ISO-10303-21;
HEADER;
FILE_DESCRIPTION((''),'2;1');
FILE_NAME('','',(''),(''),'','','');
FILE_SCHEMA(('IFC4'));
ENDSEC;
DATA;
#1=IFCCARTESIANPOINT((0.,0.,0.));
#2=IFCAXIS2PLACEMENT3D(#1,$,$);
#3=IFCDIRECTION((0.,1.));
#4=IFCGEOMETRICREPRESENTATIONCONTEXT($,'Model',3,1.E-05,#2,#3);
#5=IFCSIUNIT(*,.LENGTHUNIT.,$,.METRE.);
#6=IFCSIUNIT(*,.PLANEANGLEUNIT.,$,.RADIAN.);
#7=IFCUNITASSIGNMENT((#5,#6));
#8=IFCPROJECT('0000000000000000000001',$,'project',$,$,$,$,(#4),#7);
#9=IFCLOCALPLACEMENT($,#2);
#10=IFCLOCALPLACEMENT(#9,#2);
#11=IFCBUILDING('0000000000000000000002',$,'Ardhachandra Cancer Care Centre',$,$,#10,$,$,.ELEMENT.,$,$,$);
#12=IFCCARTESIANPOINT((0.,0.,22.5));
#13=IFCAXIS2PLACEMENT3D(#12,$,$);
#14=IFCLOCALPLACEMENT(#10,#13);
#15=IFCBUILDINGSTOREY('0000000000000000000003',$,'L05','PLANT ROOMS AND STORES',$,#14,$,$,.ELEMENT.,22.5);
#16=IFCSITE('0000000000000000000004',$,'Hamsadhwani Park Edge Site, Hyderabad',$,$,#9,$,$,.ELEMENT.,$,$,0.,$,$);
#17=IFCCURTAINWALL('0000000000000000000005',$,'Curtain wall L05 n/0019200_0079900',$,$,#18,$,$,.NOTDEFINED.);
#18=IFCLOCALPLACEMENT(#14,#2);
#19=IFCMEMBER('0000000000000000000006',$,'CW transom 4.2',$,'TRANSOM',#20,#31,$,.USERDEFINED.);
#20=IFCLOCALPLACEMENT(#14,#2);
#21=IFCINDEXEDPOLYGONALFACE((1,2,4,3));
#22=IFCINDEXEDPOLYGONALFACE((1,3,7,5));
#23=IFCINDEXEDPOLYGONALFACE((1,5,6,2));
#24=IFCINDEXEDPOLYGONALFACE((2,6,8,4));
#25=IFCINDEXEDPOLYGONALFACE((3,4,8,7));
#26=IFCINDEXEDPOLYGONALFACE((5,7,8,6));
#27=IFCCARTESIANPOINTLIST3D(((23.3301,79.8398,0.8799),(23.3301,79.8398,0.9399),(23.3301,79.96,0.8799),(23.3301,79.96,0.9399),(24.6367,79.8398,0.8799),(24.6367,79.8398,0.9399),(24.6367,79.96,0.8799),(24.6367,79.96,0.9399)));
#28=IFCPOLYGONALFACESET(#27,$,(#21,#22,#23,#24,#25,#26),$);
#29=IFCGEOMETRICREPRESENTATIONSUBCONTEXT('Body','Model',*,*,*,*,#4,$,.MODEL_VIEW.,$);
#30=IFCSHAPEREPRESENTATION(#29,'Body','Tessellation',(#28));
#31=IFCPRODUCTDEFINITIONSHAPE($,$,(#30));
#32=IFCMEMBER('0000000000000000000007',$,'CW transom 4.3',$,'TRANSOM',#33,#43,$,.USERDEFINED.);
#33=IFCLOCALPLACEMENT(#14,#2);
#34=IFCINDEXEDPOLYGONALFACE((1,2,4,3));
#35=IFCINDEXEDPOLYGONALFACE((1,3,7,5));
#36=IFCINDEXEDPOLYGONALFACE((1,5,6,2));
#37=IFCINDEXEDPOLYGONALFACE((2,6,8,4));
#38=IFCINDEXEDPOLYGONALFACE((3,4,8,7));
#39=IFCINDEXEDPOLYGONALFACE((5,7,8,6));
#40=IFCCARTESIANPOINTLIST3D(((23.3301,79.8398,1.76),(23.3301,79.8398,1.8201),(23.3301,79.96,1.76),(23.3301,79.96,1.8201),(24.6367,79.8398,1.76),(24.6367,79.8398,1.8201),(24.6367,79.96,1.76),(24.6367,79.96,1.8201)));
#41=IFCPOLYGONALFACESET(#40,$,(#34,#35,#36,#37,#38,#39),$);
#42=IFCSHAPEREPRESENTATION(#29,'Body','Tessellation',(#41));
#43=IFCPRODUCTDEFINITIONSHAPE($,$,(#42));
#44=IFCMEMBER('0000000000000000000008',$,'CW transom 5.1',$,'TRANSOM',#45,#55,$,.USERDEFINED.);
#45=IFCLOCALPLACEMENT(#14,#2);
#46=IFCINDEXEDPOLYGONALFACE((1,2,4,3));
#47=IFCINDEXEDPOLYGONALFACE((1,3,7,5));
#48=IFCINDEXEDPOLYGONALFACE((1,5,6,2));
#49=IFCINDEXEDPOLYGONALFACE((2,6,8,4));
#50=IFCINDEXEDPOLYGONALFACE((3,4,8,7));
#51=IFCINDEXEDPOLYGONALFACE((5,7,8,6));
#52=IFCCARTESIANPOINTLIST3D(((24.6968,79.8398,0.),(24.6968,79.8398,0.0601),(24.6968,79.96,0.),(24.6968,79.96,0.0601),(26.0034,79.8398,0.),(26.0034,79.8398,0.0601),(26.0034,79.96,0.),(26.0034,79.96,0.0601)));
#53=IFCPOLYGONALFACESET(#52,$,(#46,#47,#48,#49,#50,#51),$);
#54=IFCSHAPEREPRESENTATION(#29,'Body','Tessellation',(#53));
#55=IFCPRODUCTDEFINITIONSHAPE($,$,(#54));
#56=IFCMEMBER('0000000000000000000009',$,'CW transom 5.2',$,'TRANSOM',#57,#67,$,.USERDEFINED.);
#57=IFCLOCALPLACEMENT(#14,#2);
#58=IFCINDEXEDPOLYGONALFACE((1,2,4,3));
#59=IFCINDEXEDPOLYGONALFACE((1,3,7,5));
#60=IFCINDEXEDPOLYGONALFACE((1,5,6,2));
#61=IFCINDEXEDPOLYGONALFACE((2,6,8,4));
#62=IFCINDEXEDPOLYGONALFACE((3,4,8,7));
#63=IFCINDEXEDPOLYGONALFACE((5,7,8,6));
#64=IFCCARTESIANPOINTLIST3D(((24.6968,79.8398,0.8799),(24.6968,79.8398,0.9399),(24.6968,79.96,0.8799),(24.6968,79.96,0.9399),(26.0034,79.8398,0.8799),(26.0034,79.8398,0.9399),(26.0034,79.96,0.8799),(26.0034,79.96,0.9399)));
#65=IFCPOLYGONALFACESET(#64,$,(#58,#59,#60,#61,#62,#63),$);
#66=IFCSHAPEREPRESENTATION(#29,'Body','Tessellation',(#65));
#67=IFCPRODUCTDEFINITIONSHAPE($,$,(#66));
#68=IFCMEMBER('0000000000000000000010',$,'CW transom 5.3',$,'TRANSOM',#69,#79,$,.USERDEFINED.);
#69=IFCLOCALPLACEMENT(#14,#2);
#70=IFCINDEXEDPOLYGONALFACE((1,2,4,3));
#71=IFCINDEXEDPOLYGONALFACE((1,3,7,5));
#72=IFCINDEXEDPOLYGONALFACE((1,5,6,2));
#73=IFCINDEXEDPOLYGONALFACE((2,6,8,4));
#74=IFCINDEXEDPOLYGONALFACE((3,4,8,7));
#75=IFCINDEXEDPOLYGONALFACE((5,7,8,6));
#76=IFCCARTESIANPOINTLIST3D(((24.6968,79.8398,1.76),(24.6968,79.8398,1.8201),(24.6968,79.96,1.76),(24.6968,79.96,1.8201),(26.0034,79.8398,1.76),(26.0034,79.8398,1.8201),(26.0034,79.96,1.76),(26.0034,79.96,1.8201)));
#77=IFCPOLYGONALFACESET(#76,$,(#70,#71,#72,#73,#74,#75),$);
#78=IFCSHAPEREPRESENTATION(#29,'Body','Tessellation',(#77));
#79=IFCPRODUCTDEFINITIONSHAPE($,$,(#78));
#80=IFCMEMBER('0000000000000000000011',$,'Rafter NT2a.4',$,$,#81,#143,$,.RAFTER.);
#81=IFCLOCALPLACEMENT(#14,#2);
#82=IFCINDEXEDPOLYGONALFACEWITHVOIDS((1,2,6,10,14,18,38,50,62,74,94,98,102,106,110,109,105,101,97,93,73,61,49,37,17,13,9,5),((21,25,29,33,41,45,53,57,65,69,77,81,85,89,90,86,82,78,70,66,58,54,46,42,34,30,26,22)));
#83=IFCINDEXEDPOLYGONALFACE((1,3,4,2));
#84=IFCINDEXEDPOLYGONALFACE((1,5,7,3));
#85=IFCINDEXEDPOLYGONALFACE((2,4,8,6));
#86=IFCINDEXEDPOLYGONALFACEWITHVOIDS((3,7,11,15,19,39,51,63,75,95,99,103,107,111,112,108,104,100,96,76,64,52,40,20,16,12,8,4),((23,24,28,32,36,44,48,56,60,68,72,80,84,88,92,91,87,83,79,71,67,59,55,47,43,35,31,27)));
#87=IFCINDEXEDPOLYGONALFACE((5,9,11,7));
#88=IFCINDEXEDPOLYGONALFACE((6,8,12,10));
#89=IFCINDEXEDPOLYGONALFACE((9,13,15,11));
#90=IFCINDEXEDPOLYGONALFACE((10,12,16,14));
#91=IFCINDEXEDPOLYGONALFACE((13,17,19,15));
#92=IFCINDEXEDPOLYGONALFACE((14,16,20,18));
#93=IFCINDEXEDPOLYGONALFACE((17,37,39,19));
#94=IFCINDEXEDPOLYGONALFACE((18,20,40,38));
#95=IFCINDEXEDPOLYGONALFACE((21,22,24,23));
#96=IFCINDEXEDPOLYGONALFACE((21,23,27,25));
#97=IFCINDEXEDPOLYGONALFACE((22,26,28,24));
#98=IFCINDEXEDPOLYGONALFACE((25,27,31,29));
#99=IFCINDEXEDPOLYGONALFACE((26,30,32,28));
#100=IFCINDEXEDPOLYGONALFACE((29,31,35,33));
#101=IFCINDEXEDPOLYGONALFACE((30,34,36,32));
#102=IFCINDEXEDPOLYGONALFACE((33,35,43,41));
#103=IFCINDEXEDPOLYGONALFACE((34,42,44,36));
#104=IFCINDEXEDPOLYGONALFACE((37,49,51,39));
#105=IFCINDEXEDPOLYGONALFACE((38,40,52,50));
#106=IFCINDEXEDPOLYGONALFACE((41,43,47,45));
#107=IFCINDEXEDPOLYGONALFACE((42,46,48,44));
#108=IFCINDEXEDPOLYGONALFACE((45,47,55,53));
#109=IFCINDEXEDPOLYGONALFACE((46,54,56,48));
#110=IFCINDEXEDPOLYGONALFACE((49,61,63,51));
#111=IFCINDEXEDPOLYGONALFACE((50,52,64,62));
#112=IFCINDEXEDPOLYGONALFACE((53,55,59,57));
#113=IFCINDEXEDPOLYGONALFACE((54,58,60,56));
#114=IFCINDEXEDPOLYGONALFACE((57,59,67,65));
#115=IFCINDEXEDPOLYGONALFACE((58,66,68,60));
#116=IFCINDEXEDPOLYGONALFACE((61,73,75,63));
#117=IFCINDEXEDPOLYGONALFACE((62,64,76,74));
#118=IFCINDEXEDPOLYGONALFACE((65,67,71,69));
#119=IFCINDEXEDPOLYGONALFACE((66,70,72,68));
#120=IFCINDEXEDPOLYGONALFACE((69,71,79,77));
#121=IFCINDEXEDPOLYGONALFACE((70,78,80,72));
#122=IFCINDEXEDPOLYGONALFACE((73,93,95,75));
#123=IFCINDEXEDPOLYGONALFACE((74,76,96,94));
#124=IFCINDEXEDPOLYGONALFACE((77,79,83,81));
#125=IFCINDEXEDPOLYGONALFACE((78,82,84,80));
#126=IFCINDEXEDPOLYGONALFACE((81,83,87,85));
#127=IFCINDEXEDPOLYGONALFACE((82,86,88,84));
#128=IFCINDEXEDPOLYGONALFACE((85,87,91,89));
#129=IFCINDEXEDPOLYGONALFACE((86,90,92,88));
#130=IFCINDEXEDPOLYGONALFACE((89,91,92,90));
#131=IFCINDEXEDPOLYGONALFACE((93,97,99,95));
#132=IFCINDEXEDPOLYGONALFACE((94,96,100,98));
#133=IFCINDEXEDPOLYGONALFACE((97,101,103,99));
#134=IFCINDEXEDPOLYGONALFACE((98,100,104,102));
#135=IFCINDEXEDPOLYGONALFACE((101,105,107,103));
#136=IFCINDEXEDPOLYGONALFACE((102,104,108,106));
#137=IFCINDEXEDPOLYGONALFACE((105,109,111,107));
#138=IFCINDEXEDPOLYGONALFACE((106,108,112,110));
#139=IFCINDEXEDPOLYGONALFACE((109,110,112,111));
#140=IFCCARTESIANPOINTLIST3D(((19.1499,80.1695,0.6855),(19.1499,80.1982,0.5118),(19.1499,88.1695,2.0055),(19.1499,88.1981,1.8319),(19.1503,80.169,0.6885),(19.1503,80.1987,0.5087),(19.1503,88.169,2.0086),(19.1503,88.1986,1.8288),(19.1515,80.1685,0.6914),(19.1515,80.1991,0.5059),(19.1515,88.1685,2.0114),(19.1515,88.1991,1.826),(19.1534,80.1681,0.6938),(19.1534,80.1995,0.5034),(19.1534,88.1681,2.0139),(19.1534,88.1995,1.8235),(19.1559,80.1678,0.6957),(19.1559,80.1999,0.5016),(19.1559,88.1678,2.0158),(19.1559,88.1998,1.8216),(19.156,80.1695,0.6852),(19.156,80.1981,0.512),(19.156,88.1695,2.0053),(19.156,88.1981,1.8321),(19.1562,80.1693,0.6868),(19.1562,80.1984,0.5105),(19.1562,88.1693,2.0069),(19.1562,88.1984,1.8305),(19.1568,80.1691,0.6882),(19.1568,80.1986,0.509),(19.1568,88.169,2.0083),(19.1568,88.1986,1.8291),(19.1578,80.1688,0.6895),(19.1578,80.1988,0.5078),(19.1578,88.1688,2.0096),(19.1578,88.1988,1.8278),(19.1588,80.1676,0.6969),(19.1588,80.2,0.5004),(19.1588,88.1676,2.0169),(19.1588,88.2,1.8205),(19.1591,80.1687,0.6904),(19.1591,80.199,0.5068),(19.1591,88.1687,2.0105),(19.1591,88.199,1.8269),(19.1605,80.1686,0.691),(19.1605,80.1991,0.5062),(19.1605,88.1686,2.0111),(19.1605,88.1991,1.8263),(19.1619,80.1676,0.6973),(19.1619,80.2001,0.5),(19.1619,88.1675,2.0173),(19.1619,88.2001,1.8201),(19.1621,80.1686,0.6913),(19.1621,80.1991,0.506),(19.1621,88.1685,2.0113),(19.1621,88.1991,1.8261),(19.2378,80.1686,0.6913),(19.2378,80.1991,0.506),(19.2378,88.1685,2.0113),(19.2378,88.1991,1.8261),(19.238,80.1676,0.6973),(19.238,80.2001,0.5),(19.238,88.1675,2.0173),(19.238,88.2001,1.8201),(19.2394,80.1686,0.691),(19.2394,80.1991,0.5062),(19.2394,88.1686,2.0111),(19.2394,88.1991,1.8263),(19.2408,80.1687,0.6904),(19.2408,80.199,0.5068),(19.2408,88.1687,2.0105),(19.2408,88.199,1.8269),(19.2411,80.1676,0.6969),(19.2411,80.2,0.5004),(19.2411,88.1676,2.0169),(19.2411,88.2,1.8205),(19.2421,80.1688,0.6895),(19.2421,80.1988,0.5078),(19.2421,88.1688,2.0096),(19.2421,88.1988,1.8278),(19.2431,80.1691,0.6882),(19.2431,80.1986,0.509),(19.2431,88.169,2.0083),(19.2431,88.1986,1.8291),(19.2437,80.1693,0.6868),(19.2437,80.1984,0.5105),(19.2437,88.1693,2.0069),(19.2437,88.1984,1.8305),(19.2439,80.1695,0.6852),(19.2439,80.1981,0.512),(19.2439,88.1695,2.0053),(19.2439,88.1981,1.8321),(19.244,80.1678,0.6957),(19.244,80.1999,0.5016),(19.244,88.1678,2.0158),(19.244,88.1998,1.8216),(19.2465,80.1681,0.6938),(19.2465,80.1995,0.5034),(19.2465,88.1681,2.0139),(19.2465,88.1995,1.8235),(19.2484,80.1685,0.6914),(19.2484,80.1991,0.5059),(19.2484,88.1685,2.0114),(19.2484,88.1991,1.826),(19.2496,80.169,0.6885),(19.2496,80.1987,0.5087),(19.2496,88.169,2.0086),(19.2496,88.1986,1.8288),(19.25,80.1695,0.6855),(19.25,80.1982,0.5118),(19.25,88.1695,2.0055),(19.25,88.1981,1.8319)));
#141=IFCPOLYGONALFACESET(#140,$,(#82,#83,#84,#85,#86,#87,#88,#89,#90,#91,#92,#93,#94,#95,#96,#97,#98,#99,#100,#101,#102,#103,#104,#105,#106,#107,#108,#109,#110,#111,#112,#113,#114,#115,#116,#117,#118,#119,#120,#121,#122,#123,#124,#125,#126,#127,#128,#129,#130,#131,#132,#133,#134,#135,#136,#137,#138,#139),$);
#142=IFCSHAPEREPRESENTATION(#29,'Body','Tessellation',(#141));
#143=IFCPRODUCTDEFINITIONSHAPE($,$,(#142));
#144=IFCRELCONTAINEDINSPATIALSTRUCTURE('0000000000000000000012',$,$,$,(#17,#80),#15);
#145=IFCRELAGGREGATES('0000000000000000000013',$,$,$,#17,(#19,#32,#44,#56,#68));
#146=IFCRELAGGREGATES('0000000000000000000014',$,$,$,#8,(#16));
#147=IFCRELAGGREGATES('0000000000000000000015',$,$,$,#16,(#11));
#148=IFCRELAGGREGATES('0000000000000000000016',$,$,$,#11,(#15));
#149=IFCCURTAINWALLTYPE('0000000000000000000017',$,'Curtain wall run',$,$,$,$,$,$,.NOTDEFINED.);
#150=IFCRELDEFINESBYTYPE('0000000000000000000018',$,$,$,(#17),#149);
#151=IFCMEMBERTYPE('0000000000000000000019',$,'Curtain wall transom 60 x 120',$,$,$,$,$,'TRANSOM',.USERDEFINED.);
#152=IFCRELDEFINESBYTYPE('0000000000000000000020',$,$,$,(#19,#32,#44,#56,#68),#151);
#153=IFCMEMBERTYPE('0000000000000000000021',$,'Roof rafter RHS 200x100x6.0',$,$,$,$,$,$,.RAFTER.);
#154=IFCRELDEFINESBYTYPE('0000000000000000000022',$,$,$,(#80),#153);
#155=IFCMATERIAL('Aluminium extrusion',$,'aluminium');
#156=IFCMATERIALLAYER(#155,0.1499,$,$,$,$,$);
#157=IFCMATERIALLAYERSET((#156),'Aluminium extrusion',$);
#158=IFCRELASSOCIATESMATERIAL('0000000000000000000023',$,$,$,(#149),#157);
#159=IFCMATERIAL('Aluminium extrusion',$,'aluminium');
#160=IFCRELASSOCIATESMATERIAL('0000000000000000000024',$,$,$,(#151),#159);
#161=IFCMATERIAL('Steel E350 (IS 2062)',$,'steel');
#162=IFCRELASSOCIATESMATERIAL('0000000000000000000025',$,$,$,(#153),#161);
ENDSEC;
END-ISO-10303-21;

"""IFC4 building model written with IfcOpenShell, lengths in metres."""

from ifc_helpers import new_model, si_unit, direction, frame, origin, origin_2d, place, context, subcontext, project, spatial, rectangle, hollow_rectangle, extrude, material, layer, layer_set, material_profile, profile_set, type_object, element, aggregate, save


model = new_model("IFC4")

# Units and contexts
model_context = context("Model", 3, precision=1e-05, world=origin(), true_north=direction((0.0, 1.0)))
body_context = subcontext(model_context, "Body", "Model", "MODEL_VIEW")
ifc_project = project(units=[si_unit("LENGTHUNIT", "METRE"), si_unit("PLANEANGLEUNIT", "RADIAN")], contexts=[model_context])

# Site, building, storey
site_placement = place(None, origin())
site = spatial("IfcSite", under=ifc_project, at=site_placement, Name="Hamsadhwani Park Edge Site, Hyderabad", CompositionType="ELEMENT", RefElevation=0.0)
building_placement = place(site_placement, origin())
building = spatial("IfcBuilding", under=site, at=building_placement, Name="Ardhachandra Cancer Care Centre", CompositionType="ELEMENT")
storey_placement = place(building_placement, frame((0.0, 0.0, 22.5)))
storey = spatial("IfcBuildingStorey", under=building, at=storey_placement, Name="L05", Description="PLANT ROOMS AND STORES", CompositionType="ELEMENT", Elevation=22.5)

# Curtain wall, members
ifc_material_1 = material(Name="Aluminium extrusion", Category="aluminium")
ifc_layer_1 = layer(ifc_material_1, 0.1499)
ifc_layer_set_1 = layer_set([ifc_layer_1], Name="Aluminium extrusion")
curtain_wall_type = type_object("IfcCurtainWallType", Name="Curtain wall run", PredefinedType="NOTDEFINED", material=ifc_layer_set_1)
curtain_wall_placement = place(storey_placement, origin())
curtain_wall = element("IfcCurtainWall", 1, at=curtain_wall_placement, inside=storey, type_object=curtain_wall_type, Name="Curtain wall L05 n/0019200_0079900", PredefinedType="NOTDEFINED")
ifc_material_2 = material(Name="Aluminium extrusion", Category="aluminium")
ifc_material_profile_1 = material_profile(ifc_material_2, rectangle(XDim=0.1201, YDim=0.0601, at=origin_2d()), Name="Curtain wall transom 60 x 120")
ifc_profile_set_1 = profile_set([ifc_material_profile_1], Name="Aluminium extrusion")
member_type_1 = type_object("IfcMemberType", Name="Curtain wall transom 60 x 120", ElementType="TRANSOM", PredefinedType="USERDEFINED", material=ifc_profile_set_1)
member_1_placement = place(storey_placement, frame((23.3301, 79.8999, 0.9099), z_axis=(1.0, 0.0, 0.0), x_axis=(0.0, 1.0, 0.0)))
member_1 = element("IfcMember", 2, at=member_1_placement, type_object=member_type_1, Name="CW transom 4.2", ObjectType="TRANSOM", PredefinedType="USERDEFINED", context=body_context, shape_type="SweptSolid", body=[
    extrude(rectangle(XDim=0.1201, YDim=0.0601, at=origin_2d()), origin(), (0.0, 0.0, 1.0), 1.3066),
])
member_2_placement = place(storey_placement, frame((23.3301, 79.8999, 1.79), z_axis=(1.0, 0.0, 0.0), x_axis=(0.0, 1.0, 0.0)))
member_2 = element("IfcMember", 3, at=member_2_placement, type_object=member_type_1, Name="CW transom 4.3", ObjectType="TRANSOM", PredefinedType="USERDEFINED", context=body_context, shape_type="SweptSolid", body=[
    extrude(rectangle(XDim=0.1201, YDim=0.0601, at=origin_2d()), origin(), (0.0, 0.0, 1.0), 1.3066),
])
member_3_placement = place(storey_placement, frame((24.6968, 79.8999, 0.03), z_axis=(1.0, 0.0, 0.0), x_axis=(0.0, 1.0, 0.0)))
member_3 = element("IfcMember", 4, at=member_3_placement, type_object=member_type_1, Name="CW transom 5.1", ObjectType="TRANSOM", PredefinedType="USERDEFINED", context=body_context, shape_type="SweptSolid", body=[
    extrude(rectangle(XDim=0.1201, YDim=0.0601, at=origin_2d()), origin(), (0.0, 0.0, 1.0), 1.3066),
])
member_4_placement = place(storey_placement, frame((24.6968, 79.8999, 0.9099), z_axis=(1.0, 0.0, 0.0), x_axis=(0.0, 1.0, 0.0)))
member_4 = element("IfcMember", 5, at=member_4_placement, type_object=member_type_1, Name="CW transom 5.2", ObjectType="TRANSOM", PredefinedType="USERDEFINED", context=body_context, shape_type="SweptSolid", body=[
    extrude(rectangle(XDim=0.1201, YDim=0.0601, at=origin_2d()), origin(), (0.0, 0.0, 1.0), 1.3066),
])
member_5_placement = place(storey_placement, frame((24.6968, 79.8999, 1.79), z_axis=(1.0, 0.0, 0.0), x_axis=(0.0, 1.0, 0.0)))
member_5 = element("IfcMember", 6, at=member_5_placement, type_object=member_type_1, Name="CW transom 5.3", ObjectType="TRANSOM", PredefinedType="USERDEFINED", context=body_context, shape_type="SweptSolid", body=[
    extrude(rectangle(XDim=0.1201, YDim=0.0601, at=origin_2d()), origin(), (0.0, 0.0, 1.0), 1.3066),
])

# Member
ifc_material_3 = material(Name="Steel E350 (IS 2062)", Category="steel")
ifc_material_profile_2 = material_profile(ifc_material_3, hollow_rectangle(XDim=0.1001, YDim=0.2, WallThickness=0.0061, InnerFilletRadius=0.0061, OuterFilletRadius=0.012, at=origin_2d()), Name="RHS 200x100x6.0")
ifc_profile_set_2 = profile_set([ifc_material_profile_2], Name="Steel E350 (IS 2062)")
member_type_2 = type_object("IfcMemberType", Name="Roof rafter RHS 200x100x6.0", PredefinedType="RAFTER", material=ifc_profile_set_2)
for number, where, z_axis, x_axis, name in (
    (7, (19.2, 80.1838, 0.5986), (0.0, 0.986658, 0.162807), (-1.0, 0.0, 0.0), "Rafter NT2a.4"),
):
    element("IfcMember", number, at=place(storey_placement, frame(where, z_axis=z_axis, x_axis=x_axis)), inside=storey, type_object=member_type_2, Name=name, PredefinedType="RAFTER", context=body_context, shape_type="SweptSolid", body=[
        extrude(hollow_rectangle(XDim=0.1001, YDim=0.2, WallThickness=0.0061, InnerFilletRadius=0.0061, OuterFilletRadius=0.012, at=origin_2d()), origin(), (0.0, 0.0, 1.0), 8.1082),
    ])

aggregate(curtain_wall, [member_1, member_2, member_3, member_4, member_5])

save(model, "model.ifc")
